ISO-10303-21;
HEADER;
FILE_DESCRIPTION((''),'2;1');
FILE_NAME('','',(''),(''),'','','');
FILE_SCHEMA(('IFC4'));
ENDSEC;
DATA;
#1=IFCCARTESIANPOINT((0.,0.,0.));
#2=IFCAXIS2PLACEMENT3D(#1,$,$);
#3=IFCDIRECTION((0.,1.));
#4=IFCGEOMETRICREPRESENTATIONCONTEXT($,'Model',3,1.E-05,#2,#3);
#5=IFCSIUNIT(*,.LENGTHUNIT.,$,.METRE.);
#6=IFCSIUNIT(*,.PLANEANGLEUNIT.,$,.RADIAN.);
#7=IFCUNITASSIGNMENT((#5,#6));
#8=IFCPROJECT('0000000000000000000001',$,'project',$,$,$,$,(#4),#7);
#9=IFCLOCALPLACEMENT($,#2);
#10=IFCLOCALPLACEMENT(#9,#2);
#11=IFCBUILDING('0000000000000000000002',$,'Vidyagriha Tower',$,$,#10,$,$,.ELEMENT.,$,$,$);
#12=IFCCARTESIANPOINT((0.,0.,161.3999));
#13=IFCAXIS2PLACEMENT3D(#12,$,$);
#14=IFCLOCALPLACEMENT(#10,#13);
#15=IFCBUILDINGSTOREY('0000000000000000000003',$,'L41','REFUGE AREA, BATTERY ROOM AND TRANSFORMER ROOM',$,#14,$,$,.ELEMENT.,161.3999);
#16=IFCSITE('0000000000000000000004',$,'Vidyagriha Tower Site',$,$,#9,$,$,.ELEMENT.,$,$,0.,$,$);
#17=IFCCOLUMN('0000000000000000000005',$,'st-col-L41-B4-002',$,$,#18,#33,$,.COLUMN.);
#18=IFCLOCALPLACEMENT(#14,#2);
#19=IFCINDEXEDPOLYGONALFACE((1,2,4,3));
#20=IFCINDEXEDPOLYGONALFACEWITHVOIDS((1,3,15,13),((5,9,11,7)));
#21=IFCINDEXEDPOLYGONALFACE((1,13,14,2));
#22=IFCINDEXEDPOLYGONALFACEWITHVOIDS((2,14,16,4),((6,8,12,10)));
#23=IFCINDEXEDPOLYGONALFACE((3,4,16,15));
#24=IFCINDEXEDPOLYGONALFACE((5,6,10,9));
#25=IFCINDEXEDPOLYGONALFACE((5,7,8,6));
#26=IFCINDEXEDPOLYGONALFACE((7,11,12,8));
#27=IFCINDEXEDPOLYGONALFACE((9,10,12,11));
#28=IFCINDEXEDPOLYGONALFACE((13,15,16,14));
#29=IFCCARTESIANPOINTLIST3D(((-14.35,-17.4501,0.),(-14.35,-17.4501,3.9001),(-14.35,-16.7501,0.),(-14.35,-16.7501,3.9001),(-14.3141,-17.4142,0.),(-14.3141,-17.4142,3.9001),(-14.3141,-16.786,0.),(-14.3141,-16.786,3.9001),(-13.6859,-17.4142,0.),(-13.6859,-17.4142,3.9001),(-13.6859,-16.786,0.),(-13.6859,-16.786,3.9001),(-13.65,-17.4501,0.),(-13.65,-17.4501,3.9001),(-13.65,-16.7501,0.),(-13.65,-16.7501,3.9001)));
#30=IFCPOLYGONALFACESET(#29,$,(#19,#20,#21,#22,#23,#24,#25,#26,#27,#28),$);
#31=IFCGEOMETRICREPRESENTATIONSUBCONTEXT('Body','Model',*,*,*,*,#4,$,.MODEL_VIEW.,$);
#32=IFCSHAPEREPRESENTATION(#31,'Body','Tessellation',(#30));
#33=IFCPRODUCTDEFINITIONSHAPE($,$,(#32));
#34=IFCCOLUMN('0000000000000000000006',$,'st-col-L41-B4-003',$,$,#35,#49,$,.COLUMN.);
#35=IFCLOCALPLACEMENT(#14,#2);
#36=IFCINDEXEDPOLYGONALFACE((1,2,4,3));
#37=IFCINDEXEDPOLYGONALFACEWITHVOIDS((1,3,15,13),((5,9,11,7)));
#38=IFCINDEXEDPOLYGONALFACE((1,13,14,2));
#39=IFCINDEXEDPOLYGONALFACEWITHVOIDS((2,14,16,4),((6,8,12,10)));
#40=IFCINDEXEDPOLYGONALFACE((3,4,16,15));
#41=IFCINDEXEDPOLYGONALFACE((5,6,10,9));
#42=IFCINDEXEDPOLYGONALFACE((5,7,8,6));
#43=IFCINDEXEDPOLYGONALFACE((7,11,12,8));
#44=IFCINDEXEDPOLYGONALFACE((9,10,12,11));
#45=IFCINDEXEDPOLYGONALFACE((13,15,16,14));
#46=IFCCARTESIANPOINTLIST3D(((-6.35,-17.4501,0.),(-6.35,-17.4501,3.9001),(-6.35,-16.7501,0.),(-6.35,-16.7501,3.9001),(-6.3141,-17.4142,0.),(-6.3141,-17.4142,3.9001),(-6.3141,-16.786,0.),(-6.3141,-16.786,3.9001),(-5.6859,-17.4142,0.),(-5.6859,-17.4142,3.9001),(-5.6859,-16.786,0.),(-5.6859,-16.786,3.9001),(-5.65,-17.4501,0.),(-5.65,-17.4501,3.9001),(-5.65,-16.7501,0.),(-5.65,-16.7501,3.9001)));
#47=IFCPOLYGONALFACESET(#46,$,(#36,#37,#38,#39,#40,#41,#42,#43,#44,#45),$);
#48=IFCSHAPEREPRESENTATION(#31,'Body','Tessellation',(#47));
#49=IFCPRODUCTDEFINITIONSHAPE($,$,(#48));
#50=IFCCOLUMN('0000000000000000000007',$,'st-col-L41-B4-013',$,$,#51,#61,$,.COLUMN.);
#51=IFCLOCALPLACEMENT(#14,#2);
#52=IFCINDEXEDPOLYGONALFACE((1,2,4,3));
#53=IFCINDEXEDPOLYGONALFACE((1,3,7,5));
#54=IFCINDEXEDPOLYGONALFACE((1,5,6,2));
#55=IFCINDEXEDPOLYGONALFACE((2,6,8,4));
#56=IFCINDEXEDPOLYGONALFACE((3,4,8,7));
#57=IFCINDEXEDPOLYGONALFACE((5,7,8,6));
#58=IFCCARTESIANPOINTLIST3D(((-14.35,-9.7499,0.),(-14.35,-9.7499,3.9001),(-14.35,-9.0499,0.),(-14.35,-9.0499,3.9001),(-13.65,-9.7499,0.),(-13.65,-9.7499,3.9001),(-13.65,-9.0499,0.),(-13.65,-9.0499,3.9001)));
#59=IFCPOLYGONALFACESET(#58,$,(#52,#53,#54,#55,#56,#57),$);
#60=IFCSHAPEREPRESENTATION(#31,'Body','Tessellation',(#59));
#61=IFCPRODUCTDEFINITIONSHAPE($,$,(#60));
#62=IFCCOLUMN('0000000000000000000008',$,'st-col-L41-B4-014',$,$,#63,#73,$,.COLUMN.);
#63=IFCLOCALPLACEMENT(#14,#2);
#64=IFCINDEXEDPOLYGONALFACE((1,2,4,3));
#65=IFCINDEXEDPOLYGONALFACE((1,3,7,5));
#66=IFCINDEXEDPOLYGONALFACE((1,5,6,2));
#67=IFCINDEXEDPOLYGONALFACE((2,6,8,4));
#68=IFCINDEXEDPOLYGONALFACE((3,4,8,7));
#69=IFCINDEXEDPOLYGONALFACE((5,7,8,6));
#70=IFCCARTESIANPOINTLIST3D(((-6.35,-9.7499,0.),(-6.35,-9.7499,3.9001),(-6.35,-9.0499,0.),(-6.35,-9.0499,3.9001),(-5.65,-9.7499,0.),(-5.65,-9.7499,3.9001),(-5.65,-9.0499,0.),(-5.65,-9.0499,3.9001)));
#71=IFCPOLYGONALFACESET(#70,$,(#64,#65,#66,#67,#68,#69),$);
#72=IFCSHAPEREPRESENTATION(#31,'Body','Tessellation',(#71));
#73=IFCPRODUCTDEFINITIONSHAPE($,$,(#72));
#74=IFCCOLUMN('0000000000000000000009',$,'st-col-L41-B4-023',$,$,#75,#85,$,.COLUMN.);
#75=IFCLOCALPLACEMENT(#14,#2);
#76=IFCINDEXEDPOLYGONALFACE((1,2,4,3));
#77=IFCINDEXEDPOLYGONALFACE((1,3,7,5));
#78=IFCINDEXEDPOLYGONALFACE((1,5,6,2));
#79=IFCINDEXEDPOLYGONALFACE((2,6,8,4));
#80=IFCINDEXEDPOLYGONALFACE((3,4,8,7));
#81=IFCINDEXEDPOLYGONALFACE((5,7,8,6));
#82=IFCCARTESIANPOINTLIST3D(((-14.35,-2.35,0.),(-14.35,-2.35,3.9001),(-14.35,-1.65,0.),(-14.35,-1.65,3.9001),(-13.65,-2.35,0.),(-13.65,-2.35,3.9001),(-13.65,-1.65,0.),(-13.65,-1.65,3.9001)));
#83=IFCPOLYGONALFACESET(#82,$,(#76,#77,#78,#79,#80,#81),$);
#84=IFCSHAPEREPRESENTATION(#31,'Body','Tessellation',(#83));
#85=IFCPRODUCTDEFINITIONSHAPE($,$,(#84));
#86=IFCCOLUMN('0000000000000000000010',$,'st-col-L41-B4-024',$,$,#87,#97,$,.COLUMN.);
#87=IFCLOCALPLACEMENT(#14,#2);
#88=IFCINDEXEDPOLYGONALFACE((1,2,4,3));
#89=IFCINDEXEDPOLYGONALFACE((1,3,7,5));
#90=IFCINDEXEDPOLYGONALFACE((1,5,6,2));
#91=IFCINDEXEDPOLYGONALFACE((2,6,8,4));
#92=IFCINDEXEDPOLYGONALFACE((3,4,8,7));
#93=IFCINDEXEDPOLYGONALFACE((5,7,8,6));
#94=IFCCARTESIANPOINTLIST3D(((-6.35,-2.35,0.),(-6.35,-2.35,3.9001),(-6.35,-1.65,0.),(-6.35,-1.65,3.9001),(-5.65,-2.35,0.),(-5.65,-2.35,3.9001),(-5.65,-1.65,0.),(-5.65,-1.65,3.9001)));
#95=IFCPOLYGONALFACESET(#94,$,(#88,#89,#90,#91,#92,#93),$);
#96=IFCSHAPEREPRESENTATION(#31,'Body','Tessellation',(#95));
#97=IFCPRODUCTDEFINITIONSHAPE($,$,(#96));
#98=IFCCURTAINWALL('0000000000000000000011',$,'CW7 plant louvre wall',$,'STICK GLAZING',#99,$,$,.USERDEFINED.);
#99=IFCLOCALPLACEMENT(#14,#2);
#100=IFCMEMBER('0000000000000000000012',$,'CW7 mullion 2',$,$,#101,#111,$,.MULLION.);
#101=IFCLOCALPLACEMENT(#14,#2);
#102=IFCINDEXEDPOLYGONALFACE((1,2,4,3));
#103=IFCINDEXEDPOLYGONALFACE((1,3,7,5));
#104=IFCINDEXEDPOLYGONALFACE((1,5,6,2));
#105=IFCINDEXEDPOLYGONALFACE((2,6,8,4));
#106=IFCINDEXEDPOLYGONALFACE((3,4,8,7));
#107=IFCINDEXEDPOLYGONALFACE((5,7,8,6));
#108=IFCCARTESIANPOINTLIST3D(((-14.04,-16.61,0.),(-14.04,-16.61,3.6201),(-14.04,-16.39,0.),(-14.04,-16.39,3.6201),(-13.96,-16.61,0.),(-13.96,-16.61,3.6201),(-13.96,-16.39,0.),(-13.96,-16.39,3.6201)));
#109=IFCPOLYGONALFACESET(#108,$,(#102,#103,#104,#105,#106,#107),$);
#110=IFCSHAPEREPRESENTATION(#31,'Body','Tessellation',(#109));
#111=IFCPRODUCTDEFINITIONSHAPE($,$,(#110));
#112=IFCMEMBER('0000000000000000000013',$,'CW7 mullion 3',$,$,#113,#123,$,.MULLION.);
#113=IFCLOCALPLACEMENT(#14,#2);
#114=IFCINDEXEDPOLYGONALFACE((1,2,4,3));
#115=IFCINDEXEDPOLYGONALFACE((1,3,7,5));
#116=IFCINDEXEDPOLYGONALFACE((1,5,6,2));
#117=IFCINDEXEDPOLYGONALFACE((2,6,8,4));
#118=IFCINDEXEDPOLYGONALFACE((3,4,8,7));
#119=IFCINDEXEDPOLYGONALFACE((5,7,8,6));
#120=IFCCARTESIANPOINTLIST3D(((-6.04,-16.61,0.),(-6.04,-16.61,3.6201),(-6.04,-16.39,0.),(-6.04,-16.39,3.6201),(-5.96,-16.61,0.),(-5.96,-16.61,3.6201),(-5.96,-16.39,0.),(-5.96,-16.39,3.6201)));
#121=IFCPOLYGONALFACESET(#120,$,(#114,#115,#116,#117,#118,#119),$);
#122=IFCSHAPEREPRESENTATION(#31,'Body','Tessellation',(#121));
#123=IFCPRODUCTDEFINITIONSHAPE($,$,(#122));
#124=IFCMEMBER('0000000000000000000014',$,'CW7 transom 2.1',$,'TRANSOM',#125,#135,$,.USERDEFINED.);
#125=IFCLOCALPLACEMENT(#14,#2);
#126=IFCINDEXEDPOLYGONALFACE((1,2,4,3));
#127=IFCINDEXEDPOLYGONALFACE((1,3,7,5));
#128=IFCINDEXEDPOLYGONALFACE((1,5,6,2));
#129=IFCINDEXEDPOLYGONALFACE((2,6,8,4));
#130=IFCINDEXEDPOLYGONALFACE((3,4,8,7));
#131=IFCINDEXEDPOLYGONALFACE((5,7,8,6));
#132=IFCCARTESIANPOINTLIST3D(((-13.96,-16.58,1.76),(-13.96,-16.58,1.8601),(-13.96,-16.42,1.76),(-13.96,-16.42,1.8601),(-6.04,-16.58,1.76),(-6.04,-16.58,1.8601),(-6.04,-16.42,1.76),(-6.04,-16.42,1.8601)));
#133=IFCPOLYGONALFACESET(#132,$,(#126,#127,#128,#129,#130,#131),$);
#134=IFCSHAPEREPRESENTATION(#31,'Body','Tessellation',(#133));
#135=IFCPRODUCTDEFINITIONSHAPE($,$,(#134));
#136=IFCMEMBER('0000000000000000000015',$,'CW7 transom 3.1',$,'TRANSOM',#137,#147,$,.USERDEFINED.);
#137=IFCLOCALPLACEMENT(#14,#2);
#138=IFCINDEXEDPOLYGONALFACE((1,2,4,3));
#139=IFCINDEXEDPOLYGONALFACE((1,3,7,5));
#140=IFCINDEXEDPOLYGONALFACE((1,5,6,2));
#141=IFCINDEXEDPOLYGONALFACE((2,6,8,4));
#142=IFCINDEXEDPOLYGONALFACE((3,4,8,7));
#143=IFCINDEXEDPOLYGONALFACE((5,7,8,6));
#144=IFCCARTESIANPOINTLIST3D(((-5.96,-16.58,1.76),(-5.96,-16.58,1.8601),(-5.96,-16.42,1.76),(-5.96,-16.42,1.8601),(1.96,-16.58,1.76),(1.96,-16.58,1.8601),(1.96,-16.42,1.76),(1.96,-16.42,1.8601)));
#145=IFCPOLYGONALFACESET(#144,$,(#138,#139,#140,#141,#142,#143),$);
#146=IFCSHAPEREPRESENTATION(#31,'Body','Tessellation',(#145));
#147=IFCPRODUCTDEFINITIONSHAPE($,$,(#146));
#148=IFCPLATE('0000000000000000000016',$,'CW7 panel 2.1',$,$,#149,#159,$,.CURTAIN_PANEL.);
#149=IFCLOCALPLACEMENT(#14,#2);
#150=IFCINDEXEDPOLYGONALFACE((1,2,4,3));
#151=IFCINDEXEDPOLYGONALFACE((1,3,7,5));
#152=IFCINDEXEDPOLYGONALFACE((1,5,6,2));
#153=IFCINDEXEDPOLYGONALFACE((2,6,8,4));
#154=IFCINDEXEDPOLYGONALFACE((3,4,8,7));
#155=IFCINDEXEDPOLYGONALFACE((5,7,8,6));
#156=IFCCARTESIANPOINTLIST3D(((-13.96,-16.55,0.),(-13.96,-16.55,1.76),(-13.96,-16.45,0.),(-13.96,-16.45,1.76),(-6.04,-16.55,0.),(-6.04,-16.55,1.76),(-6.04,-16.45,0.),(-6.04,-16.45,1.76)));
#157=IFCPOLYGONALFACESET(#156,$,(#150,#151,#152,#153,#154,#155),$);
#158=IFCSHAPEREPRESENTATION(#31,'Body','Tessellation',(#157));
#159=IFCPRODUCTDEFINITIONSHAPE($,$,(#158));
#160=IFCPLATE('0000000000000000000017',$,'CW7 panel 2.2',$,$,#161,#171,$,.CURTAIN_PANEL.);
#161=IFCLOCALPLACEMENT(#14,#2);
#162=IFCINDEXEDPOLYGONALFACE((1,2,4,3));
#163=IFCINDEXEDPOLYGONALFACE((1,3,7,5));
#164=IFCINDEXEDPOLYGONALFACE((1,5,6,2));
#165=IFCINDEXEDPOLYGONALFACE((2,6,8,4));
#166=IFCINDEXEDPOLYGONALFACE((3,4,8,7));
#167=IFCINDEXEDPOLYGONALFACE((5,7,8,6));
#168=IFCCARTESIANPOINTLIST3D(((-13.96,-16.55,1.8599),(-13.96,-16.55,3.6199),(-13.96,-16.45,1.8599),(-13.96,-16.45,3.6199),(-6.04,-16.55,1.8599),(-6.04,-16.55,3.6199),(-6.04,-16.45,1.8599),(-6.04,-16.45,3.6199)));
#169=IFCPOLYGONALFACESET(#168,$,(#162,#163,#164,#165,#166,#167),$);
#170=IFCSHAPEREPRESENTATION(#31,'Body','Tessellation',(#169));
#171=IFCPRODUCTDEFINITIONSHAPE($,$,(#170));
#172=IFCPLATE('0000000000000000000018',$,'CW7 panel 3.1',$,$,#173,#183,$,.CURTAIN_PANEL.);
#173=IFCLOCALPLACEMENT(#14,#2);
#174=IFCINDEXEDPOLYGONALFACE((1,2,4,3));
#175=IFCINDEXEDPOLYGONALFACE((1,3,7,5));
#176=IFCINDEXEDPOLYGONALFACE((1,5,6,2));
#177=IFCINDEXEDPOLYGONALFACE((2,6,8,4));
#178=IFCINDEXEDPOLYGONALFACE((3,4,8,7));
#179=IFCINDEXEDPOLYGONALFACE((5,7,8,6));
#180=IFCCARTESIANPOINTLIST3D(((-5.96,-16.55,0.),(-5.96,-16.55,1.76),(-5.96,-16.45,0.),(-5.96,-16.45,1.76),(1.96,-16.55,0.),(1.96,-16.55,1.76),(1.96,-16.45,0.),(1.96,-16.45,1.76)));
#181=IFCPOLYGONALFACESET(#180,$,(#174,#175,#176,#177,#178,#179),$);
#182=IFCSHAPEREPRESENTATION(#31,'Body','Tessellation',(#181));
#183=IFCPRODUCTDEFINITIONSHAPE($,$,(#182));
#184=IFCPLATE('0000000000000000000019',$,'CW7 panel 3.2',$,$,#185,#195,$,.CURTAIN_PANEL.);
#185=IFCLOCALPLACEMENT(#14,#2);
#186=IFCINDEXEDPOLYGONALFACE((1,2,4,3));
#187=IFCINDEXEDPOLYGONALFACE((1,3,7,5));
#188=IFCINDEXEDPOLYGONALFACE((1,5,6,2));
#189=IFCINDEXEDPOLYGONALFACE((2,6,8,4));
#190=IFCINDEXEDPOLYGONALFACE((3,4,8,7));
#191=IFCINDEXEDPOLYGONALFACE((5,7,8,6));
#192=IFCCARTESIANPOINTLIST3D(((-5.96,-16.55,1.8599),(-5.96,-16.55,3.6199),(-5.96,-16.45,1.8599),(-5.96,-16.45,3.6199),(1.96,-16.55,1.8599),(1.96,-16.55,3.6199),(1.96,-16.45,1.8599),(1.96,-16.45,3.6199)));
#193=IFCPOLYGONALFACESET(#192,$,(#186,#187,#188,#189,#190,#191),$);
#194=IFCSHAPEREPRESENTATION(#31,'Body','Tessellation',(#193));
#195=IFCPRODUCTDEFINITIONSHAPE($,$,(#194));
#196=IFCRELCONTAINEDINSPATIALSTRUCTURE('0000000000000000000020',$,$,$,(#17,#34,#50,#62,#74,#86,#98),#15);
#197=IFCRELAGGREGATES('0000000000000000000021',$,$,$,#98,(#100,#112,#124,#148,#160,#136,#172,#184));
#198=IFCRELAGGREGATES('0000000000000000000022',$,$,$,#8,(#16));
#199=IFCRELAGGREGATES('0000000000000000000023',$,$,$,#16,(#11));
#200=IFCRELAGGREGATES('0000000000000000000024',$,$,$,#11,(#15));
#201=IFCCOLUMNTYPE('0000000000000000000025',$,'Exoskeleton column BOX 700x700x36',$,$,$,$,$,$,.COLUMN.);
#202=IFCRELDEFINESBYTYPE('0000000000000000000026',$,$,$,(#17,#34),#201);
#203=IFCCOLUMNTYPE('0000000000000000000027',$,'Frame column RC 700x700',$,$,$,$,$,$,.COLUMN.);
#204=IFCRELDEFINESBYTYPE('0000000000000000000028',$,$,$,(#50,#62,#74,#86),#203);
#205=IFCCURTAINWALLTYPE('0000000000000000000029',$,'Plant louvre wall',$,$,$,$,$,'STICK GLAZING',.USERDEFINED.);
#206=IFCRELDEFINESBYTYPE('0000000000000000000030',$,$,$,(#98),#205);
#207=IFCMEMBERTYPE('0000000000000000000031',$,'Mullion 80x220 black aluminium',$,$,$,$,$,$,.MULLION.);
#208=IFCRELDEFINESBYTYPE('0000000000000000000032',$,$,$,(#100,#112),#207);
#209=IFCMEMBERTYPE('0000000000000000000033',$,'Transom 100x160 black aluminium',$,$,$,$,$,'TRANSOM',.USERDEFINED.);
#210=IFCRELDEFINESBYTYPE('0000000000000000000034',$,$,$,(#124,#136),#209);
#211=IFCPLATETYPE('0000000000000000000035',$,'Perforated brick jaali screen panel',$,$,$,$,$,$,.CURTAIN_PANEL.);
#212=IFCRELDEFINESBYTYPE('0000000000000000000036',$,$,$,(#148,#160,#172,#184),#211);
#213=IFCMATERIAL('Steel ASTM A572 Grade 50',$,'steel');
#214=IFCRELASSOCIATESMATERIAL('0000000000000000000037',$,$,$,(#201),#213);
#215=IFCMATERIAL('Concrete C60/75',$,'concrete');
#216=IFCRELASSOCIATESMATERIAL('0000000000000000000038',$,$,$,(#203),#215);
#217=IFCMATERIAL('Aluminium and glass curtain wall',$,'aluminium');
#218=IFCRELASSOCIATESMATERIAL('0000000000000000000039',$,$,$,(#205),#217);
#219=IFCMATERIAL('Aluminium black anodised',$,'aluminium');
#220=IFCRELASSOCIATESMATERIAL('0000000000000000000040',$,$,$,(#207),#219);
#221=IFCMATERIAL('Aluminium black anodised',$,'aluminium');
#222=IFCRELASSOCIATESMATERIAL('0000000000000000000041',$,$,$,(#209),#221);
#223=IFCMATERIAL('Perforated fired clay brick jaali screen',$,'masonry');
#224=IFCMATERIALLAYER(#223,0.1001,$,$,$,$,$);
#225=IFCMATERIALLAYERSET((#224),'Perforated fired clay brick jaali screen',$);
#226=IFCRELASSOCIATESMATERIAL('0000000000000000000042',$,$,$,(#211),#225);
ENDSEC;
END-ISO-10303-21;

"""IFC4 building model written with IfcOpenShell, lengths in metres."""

from ifc_helpers import new_model, si_unit, direction, frame, origin, origin_2d, place, context, subcontext, project, spatial, rectangle, hollow_rectangle, extrude, material, layer, layer_set, material_profile, profile_set, type_object, element, aggregate, save


model = new_model("IFC4")

# Units and contexts
model_context = context("Model", 3, precision=1e-05, world=origin(), true_north=direction((0.0, 1.0)))
body_context = subcontext(model_context, "Body", "Model", "MODEL_VIEW")
ifc_project = project(units=[si_unit("LENGTHUNIT", "METRE"), si_unit("PLANEANGLEUNIT", "RADIAN")], contexts=[model_context])

# Site, building, storey
site_placement = place(None, origin())
site = spatial("IfcSite", under=ifc_project, at=site_placement, Name="Vidyagriha Tower Site", CompositionType="ELEMENT", RefElevation=0.0)
building_placement = place(site_placement, origin())
building = spatial("IfcBuilding", under=site, at=building_placement, Name="Vidyagriha Tower", CompositionType="ELEMENT")
storey_placement = place(building_placement, frame((0.0, 0.0, 161.3999)))
storey = spatial("IfcBuildingStorey", under=building, at=storey_placement, Name="L41", Description="REFUGE AREA, BATTERY ROOM AND TRANSFORMER ROOM", CompositionType="ELEMENT", Elevation=161.3999)

# Columns
ifc_material_1 = material(Name="Steel ASTM A572 Grade 50", Category="steel")
ifc_material_profile_1 = material_profile(ifc_material_1, hollow_rectangle(XDim=0.7, YDim=0.7, WallThickness=0.0359, at=origin_2d()), Name="BOX 700x700x36")
ifc_profile_set_1 = profile_set([ifc_material_profile_1], Name="Steel ASTM A572 Grade 50")
column_type_1 = type_object("IfcColumnType", Name="Exoskeleton column BOX 700x700x36", PredefinedType="COLUMN", material=ifc_profile_set_1)
for number, where, name in (
    (1, (-14.0, -17.1001, 0.0), "st-col-L41-B4-002"),
    (2, (-6.0, -17.1001, 0.0), "st-col-L41-B4-003"),
):
    element("IfcColumn", number, at=place(storey_placement, frame(where)), inside=storey, type_object=column_type_1, Name=name, PredefinedType="COLUMN", context=body_context, shape_type="SweptSolid", body=[
        extrude(hollow_rectangle(XDim=0.7, YDim=0.7, WallThickness=0.0359, at=origin_2d()), origin(), (0.0, 0.0, 1.0), 3.9001),
    ])
ifc_material_2 = material(Name="Concrete C60/75", Category="concrete")
ifc_material_profile_2 = material_profile(ifc_material_2, rectangle(XDim=0.7, YDim=0.7, at=origin_2d()), Name="RC 700x700")
ifc_profile_set_2 = profile_set([ifc_material_profile_2], Name="Concrete C60/75")
column_type_2 = type_object("IfcColumnType", Name="Frame column RC 700x700", PredefinedType="COLUMN", material=ifc_profile_set_2)
for number, where, name in (
    (3, (-14.0, -9.3999, 0.0), "st-col-L41-B4-013"),
    (4, (-6.0, -9.3999, 0.0), "st-col-L41-B4-014"),
    (5, (-14.0, -2.0, 0.0), "st-col-L41-B4-023"),
    (6, (-6.0, -2.0, 0.0), "st-col-L41-B4-024"),
):
    element("IfcColumn", number, at=place(storey_placement, frame(where)), inside=storey, type_object=column_type_2, Name=name, PredefinedType="COLUMN", context=body_context, shape_type="SweptSolid", body=[
        extrude(rectangle(XDim=0.7, YDim=0.7, at=origin_2d()), origin(), (0.0, 0.0, 1.0), 3.9001),
    ])

# Curtain wall, members, plates
ifc_material_3 = material(Name="Aluminium and glass curtain wall", Category="aluminium")
curtain_wall_type = type_object("IfcCurtainWallType", Name="Plant louvre wall", ElementType="STICK GLAZING", PredefinedType="USERDEFINED", material=ifc_material_3)
curtain_wall_placement = place(storey_placement, origin())
curtain_wall = element("IfcCurtainWall", 7, at=curtain_wall_placement, inside=storey, type_object=curtain_wall_type, Name="CW7 plant louvre wall", ObjectType="STICK GLAZING", PredefinedType="USERDEFINED")
ifc_material_4 = material(Name="Aluminium black anodised", Category="aluminium")
ifc_material_profile_3 = material_profile(ifc_material_4, rectangle(XDim=0.22, YDim=0.0801, at=origin_2d()), Name="Mullion 80x220 black aluminium")
ifc_profile_set_3 = profile_set([ifc_material_profile_3], Name="Aluminium black anodised")
member_type_1 = type_object("IfcMemberType", Name="Mullion 80x220 black aluminium", PredefinedType="MULLION", material=ifc_profile_set_3)
member_1_placement = place(storey_placement, frame((-14.0, -16.5, 0.0), z_axis=(0.0, 0.0, 1.0), x_axis=(0.0, 1.0, 0.0)))
member_1 = element("IfcMember", 8, at=member_1_placement, type_object=member_type_1, Name="CW7 mullion 2", PredefinedType="MULLION", context=body_context, shape_type="SweptSolid", body=[
    extrude(rectangle(XDim=0.22, YDim=0.0801, at=origin_2d()), origin(), (0.0, 0.0, 1.0), 3.6201),
])
member_2_placement = place(storey_placement, frame((-6.0, -16.5, 0.0), z_axis=(0.0, 0.0, 1.0), x_axis=(0.0, 1.0, 0.0)))
member_2 = element("IfcMember", 9, at=member_2_placement, type_object=member_type_1, Name="CW7 mullion 3", PredefinedType="MULLION", context=body_context, shape_type="SweptSolid", body=[
    extrude(rectangle(XDim=0.22, YDim=0.0801, at=origin_2d()), origin(), (0.0, 0.0, 1.0), 3.6201),
])
ifc_material_5 = material(Name="Aluminium black anodised", Category="aluminium")
ifc_material_profile_4 = material_profile(ifc_material_5, rectangle(XDim=0.1599, YDim=0.1001, at=origin_2d()), Name="Transom 100x160 black aluminium")
ifc_profile_set_4 = profile_set([ifc_material_profile_4], Name="Aluminium black anodised")
member_type_2 = type_object("IfcMemberType", Name="Transom 100x160 black aluminium", ElementType="TRANSOM", PredefinedType="USERDEFINED", material=ifc_profile_set_4)
member_3_placement = place(storey_placement, frame((-13.96, -16.5, 1.8101), z_axis=(1.0, 0.0, 0.0), x_axis=(0.0, 1.0, 0.0)))
member_3 = element("IfcMember", 10, at=member_3_placement, type_object=member_type_2, Name="CW7 transom 2.1", ObjectType="TRANSOM", PredefinedType="USERDEFINED", context=body_context, shape_type="SweptSolid", body=[
    extrude(rectangle(XDim=0.1599, YDim=0.1001, at=origin_2d()), origin(), (0.0, 0.0, 1.0), 7.9199),
])
member_4_placement = place(storey_placement, frame((-5.96, -16.5, 1.8101), z_axis=(1.0, 0.0, 0.0), x_axis=(0.0, 1.0, 0.0)))
member_4 = element("IfcMember", 11, at=member_4_placement, type_object=member_type_2, Name="CW7 transom 3.1", ObjectType="TRANSOM", PredefinedType="USERDEFINED", context=body_context, shape_type="SweptSolid", body=[
    extrude(rectangle(XDim=0.1599, YDim=0.1001, at=origin_2d()), origin(), (0.0, 0.0, 1.0), 7.9199),
])
ifc_material_6 = material(Name="Perforated fired clay brick jaali screen", Category="masonry")
ifc_layer_1 = layer(ifc_material_6, 0.1001)
ifc_layer_set_1 = layer_set([ifc_layer_1], Name="Perforated fired clay brick jaali screen")
plate_type = type_object("IfcPlateType", Name="Perforated brick jaali screen panel", PredefinedType="CURTAIN_PANEL", material=ifc_layer_set_1)
plate_1_placement = place(storey_placement, frame((-10.0, -16.5, 0.0)))
plate_1 = element("IfcPlate", 12, at=plate_1_placement, type_object=plate_type, Name="CW7 panel 2.1", PredefinedType="CURTAIN_PANEL", context=body_context, shape_type="SweptSolid", body=[
    extrude(rectangle(XDim=7.9199, YDim=0.1001, at=origin_2d()), origin(), (0.0, 0.0, 1.0), 1.76),
])
plate_2_placement = place(storey_placement, frame((-10.0, -16.5, 1.8599)))
plate_2 = element("IfcPlate", 13, at=plate_2_placement, type_object=plate_type, Name="CW7 panel 2.2", PredefinedType="CURTAIN_PANEL", context=body_context, shape_type="SweptSolid", body=[
    extrude(rectangle(XDim=7.9199, YDim=0.1001, at=origin_2d()), origin(), (0.0, 0.0, 1.0), 1.76),
])
plate_3_placement = place(storey_placement, frame((-2.0, -16.5, 0.0)))
plate_3 = element("IfcPlate", 14, at=plate_3_placement, type_object=plate_type, Name="CW7 panel 3.1", PredefinedType="CURTAIN_PANEL", context=body_context, shape_type="SweptSolid", body=[
    extrude(rectangle(XDim=7.9199, YDim=0.1001, at=origin_2d()), origin(), (0.0, 0.0, 1.0), 1.76),
])
plate_4_placement = place(storey_placement, frame((-2.0, -16.5, 1.8599)))
plate_4 = element("IfcPlate", 15, at=plate_4_placement, type_object=plate_type, Name="CW7 panel 3.2", PredefinedType="CURTAIN_PANEL", context=body_context, shape_type="SweptSolid", body=[
    extrude(rectangle(XDim=7.9199, YDim=0.1001, at=origin_2d()), origin(), (0.0, 0.0, 1.0), 1.76),
])
aggregate(curtain_wall, [member_1, member_2, member_3, plate_1, plate_2, member_4, plate_3, plate_4])

save(model, "model.ifc")
